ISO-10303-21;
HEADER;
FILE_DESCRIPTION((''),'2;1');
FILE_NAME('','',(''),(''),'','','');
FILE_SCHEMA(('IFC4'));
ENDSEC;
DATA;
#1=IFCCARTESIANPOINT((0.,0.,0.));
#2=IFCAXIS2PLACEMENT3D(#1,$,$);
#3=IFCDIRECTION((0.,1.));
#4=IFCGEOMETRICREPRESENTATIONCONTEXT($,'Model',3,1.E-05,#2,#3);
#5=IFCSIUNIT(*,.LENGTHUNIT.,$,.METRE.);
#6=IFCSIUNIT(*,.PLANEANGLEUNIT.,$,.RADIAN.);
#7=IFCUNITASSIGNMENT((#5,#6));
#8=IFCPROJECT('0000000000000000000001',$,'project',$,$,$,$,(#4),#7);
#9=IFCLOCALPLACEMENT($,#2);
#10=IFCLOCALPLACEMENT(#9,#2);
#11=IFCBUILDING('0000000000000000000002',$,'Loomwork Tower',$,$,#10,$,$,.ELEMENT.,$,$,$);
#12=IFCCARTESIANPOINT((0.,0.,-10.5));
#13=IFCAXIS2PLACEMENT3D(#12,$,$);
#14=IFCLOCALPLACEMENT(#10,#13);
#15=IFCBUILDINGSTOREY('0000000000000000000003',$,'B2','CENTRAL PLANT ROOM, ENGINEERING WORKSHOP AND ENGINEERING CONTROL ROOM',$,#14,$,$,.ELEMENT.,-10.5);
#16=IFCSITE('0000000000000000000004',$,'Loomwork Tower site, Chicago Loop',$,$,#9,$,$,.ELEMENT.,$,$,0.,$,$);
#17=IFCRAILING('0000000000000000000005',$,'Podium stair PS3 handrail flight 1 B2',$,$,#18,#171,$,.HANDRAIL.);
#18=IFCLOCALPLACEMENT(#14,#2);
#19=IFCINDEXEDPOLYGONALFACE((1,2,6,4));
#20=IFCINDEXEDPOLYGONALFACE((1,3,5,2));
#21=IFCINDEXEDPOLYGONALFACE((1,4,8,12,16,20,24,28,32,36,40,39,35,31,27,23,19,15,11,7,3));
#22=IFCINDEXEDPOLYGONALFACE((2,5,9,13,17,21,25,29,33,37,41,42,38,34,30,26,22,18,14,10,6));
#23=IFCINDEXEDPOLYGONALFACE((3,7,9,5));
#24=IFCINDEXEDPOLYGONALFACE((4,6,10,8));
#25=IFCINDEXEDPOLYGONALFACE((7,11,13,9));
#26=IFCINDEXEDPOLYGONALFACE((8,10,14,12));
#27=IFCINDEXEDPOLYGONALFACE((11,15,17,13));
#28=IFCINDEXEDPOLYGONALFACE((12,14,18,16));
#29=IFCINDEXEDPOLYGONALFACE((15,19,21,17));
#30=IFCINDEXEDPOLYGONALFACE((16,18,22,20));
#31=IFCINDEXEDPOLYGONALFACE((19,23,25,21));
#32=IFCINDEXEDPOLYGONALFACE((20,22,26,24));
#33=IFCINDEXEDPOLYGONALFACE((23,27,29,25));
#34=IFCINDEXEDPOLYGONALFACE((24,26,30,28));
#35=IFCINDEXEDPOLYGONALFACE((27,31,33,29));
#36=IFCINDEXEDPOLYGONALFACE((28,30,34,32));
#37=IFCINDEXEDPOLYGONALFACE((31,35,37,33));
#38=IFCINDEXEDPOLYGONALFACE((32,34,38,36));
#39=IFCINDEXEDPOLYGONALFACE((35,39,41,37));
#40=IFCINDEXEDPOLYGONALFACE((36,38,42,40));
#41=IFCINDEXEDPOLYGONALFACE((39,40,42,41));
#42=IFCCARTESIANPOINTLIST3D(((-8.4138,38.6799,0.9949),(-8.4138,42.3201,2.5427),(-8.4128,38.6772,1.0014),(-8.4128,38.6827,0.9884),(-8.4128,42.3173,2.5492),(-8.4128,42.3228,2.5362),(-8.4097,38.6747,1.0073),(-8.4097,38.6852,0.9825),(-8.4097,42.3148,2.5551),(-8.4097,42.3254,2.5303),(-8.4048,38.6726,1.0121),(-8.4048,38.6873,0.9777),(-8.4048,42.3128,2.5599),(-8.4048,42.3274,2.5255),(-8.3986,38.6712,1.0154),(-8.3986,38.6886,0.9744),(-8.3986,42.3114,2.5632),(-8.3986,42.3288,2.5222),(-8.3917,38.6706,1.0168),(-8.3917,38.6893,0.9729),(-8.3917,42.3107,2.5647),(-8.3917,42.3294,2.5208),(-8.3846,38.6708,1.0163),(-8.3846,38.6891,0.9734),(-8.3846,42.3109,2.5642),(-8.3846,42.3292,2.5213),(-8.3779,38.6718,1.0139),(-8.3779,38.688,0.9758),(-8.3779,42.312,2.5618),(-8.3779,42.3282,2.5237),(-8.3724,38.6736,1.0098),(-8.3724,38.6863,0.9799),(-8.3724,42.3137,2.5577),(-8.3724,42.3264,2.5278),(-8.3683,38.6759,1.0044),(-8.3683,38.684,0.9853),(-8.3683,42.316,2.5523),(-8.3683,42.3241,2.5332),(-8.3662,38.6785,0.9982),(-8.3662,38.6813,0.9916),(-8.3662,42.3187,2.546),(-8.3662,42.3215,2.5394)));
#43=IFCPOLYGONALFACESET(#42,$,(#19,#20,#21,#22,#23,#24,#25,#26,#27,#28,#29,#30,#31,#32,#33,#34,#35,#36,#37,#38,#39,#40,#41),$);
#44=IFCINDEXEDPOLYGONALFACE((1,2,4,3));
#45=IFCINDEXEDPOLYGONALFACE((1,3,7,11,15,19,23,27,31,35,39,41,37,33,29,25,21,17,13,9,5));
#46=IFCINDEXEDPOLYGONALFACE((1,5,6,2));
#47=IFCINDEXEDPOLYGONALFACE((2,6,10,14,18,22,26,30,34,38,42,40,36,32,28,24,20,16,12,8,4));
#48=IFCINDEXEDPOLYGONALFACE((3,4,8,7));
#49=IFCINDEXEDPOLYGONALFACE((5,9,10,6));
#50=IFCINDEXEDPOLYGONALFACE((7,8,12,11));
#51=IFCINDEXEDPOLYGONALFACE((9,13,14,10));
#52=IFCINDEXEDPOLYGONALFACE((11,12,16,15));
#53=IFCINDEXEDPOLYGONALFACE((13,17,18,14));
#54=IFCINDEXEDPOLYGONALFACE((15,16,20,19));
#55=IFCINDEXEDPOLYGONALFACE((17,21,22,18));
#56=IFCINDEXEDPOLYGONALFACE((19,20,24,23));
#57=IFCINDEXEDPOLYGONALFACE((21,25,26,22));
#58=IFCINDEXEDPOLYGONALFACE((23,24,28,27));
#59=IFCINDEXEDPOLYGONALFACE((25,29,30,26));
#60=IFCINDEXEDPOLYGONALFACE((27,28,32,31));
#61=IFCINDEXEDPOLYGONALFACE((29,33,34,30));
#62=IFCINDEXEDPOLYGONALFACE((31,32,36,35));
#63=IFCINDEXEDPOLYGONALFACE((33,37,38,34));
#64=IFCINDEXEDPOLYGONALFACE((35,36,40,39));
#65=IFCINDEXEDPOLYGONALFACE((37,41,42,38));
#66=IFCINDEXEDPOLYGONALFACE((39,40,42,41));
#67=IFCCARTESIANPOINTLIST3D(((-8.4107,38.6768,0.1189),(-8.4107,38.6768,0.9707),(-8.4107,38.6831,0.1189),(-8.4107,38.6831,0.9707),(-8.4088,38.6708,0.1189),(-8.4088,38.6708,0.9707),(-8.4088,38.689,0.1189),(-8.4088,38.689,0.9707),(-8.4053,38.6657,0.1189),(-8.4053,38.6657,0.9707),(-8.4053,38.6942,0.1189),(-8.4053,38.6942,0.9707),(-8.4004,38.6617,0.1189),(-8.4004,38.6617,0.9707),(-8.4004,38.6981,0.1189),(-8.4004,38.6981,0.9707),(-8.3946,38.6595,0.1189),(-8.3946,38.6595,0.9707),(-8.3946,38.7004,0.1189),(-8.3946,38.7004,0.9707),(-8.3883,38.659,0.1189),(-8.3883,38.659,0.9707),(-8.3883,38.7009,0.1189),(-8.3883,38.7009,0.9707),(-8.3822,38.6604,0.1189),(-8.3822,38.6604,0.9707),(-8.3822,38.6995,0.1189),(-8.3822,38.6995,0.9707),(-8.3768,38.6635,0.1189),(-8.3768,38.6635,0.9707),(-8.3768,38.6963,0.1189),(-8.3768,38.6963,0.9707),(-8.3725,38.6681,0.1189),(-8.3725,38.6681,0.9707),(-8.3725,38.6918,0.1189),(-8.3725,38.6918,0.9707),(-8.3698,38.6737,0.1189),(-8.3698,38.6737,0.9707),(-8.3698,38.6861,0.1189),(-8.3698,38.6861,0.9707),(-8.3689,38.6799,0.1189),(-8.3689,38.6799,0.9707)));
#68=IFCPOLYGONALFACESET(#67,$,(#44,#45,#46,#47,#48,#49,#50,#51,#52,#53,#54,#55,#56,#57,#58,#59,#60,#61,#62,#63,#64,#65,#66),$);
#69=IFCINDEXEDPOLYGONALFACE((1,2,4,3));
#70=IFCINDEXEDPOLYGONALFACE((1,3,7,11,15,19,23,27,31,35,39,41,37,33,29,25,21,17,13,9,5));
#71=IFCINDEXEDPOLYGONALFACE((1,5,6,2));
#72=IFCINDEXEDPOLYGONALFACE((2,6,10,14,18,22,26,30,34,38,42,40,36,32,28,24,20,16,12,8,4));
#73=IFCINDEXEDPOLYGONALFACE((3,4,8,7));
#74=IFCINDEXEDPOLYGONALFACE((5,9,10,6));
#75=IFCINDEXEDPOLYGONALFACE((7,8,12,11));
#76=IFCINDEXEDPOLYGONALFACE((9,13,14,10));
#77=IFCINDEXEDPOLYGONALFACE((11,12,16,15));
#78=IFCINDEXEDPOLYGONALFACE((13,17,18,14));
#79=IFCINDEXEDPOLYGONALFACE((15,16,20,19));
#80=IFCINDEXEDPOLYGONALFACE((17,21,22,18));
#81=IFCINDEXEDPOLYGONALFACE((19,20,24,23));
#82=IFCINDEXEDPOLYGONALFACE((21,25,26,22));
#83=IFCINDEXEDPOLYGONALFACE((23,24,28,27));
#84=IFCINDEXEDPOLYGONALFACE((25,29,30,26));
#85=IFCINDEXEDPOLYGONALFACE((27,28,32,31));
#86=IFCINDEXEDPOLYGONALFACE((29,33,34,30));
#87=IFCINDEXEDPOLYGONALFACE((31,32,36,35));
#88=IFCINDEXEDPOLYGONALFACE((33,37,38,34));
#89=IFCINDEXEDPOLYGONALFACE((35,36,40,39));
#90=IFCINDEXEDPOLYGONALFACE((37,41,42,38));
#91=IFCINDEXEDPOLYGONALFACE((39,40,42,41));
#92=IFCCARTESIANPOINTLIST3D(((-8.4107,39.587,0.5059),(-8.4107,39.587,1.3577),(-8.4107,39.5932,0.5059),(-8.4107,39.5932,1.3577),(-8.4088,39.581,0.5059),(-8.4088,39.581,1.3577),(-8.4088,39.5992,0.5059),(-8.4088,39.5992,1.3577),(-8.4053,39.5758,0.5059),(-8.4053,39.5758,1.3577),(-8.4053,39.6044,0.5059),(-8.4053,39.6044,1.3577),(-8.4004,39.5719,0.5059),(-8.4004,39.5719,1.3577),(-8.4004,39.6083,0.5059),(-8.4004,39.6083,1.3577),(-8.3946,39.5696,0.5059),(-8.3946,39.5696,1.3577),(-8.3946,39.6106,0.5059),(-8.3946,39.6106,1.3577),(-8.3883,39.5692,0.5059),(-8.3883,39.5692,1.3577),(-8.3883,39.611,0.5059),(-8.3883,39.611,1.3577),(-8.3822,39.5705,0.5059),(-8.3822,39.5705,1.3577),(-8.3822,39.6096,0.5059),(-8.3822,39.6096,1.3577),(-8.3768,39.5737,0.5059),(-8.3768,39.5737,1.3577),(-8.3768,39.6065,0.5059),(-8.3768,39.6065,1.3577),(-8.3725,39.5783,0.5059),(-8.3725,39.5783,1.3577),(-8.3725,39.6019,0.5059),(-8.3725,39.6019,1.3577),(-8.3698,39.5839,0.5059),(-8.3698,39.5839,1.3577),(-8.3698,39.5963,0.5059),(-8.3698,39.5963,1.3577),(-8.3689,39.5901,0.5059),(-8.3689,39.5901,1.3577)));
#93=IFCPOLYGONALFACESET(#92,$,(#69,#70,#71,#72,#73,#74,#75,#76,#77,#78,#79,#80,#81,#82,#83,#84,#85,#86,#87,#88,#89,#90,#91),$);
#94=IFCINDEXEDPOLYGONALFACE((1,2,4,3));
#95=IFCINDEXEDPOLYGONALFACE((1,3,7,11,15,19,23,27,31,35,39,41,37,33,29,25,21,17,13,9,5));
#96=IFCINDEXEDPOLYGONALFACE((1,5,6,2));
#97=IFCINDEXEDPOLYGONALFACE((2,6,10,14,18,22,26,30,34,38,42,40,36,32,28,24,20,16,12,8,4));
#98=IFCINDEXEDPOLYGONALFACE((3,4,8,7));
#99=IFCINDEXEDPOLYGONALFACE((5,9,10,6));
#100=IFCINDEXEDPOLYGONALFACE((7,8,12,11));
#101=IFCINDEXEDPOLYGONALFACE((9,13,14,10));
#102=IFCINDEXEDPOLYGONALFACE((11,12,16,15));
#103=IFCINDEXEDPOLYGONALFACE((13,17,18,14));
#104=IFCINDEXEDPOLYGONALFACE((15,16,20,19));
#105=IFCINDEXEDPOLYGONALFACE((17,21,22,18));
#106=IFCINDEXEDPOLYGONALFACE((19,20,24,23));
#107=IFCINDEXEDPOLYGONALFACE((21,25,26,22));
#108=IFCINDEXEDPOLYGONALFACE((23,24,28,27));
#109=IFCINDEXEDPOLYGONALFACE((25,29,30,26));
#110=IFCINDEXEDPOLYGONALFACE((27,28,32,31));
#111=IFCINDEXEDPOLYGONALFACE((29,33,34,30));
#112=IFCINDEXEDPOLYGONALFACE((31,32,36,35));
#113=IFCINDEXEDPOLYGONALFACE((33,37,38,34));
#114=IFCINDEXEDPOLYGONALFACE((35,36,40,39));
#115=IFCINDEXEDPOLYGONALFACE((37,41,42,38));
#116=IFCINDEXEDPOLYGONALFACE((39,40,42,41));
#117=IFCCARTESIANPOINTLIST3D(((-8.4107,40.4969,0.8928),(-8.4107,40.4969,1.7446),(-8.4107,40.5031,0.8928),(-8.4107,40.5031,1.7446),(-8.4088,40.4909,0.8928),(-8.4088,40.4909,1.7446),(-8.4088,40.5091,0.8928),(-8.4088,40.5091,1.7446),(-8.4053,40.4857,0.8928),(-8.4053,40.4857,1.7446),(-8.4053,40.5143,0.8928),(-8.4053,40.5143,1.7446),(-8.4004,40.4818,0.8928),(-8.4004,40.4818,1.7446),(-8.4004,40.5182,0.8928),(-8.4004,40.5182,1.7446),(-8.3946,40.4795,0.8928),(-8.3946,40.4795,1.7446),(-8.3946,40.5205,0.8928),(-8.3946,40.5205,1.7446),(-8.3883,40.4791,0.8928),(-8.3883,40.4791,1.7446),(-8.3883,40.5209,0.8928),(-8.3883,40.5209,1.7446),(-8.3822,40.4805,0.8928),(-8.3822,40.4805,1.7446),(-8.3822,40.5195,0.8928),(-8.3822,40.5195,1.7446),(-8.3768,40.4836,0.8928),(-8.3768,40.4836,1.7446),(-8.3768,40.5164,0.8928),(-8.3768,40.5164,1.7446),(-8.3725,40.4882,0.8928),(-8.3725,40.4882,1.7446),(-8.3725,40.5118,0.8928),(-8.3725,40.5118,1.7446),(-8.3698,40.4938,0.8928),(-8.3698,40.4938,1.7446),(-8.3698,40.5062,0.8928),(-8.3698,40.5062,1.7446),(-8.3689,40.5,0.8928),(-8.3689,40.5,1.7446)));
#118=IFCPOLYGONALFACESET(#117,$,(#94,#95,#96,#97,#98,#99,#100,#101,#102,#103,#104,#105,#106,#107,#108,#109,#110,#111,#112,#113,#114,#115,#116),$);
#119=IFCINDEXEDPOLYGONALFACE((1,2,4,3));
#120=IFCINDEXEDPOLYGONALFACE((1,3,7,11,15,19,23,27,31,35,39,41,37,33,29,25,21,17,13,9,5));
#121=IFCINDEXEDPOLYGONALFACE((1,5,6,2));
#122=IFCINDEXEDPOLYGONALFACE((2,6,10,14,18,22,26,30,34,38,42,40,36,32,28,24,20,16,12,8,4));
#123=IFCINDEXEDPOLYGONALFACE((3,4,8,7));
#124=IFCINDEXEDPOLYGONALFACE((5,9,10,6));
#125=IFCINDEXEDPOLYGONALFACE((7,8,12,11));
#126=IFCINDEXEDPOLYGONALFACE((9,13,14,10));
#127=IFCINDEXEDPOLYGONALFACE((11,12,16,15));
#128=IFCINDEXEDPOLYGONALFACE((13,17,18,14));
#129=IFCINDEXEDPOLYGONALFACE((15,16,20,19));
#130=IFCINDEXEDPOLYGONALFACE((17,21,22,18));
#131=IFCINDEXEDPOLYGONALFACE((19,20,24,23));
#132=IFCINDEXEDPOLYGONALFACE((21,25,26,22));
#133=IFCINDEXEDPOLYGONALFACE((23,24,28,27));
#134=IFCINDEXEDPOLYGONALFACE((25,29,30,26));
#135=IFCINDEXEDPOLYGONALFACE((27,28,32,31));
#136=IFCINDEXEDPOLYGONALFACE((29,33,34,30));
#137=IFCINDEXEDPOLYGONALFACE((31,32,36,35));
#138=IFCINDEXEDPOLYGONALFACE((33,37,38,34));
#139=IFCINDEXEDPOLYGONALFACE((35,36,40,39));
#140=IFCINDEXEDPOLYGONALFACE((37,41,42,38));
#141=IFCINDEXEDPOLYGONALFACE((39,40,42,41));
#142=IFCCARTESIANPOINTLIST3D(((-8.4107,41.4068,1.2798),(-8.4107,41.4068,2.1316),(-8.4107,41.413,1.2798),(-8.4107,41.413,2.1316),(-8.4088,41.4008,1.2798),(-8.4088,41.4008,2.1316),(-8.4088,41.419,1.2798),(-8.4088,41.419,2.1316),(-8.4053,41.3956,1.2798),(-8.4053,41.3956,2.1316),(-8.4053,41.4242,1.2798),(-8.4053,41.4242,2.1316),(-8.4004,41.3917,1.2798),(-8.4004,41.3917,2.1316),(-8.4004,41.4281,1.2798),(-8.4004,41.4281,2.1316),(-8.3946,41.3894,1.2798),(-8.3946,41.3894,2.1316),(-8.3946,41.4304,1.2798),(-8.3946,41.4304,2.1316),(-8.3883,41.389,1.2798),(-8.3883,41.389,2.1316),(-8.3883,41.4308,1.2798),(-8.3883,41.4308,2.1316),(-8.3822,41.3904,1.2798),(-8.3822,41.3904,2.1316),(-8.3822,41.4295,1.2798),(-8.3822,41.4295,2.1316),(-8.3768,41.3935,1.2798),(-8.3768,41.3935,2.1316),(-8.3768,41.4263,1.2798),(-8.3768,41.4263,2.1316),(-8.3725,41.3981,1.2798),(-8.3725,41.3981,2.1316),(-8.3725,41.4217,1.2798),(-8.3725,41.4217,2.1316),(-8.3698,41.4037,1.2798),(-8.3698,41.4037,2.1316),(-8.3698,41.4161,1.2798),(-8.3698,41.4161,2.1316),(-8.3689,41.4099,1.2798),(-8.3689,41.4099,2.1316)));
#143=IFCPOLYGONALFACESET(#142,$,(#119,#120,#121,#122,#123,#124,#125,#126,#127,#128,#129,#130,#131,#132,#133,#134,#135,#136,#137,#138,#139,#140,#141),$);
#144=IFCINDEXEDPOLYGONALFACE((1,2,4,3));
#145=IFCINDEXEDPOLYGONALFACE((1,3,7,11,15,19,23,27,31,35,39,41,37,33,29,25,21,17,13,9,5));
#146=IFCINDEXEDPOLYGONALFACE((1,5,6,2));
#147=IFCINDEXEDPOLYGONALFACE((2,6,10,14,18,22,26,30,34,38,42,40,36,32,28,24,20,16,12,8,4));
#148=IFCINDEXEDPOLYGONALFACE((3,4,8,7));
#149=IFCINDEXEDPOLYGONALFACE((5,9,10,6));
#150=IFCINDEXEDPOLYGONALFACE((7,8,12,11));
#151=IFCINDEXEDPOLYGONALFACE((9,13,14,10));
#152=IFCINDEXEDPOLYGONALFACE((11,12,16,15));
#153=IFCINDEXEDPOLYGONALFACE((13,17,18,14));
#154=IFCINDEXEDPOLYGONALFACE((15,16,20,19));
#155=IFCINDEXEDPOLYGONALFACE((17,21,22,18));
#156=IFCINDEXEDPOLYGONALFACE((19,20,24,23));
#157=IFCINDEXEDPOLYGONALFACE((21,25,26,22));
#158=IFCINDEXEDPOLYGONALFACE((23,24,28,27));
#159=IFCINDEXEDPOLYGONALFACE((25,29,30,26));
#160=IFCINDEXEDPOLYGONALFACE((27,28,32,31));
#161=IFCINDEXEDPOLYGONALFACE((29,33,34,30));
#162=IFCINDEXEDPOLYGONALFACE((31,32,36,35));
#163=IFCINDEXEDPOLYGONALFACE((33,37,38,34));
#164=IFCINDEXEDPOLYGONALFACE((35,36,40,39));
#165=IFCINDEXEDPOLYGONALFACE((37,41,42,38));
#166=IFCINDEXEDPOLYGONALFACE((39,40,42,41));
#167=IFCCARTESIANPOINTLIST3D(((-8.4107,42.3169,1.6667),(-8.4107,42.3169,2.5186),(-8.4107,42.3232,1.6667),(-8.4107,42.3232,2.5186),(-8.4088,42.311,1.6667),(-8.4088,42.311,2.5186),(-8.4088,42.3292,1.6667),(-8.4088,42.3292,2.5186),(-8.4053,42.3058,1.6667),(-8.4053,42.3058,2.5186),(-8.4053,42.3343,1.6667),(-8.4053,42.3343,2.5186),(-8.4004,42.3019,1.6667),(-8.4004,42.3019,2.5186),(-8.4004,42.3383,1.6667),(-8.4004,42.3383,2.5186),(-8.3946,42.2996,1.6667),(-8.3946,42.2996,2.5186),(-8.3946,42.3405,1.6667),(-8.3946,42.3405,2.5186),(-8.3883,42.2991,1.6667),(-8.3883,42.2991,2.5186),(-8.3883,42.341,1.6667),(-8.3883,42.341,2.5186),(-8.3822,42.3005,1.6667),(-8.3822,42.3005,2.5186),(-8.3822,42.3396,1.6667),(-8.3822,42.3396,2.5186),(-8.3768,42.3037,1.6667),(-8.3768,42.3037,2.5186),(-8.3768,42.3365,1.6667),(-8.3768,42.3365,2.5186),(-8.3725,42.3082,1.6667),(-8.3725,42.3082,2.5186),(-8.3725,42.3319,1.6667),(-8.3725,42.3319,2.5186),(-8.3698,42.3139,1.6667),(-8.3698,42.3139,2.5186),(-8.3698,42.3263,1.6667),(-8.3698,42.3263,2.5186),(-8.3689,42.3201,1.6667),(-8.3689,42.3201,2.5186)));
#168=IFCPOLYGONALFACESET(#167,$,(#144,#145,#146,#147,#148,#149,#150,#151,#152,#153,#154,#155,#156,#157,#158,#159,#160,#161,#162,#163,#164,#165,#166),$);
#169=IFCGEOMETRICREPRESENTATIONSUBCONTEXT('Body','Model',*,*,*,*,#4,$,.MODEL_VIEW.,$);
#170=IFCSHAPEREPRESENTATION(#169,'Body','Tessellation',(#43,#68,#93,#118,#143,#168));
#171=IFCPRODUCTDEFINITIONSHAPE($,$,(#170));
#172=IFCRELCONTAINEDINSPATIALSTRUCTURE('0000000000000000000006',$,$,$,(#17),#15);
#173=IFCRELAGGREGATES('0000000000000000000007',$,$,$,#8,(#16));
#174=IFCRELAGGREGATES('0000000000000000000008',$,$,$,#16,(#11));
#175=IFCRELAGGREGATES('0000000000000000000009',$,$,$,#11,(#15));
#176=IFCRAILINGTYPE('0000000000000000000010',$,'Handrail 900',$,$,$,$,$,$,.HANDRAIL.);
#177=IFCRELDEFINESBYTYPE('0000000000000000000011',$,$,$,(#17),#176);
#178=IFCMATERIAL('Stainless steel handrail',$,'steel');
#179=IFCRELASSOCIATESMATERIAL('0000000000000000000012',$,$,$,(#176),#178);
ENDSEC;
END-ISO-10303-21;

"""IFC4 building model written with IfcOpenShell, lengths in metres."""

from ifc_helpers import new_model, si_unit, direction, frame, origin, origin_2d, place, context, subcontext, project, spatial, circle, extrude, material, type_object, element, save


model = new_model("IFC4")

# Units and contexts
model_context = context("Model", 3, precision=1e-05, world=origin(), true_north=direction((0.0, 1.0)))
body_context = subcontext(model_context, "Body", "Model", "MODEL_VIEW")
ifc_project = project(units=[si_unit("LENGTHUNIT", "METRE"), si_unit("PLANEANGLEUNIT", "RADIAN")], contexts=[model_context])

# Site, building, storey
site_placement = place(None, origin())
site = spatial("IfcSite", under=ifc_project, at=site_placement, Name="Loomwork Tower site, Chicago Loop", CompositionType="ELEMENT", RefElevation=0.0)
building_placement = place(site_placement, origin())
building = spatial("IfcBuilding", under=site, at=building_placement, Name="Loomwork Tower", CompositionType="ELEMENT")
storey_placement = place(building_placement, frame((0.0, 0.0, -10.5)))
storey = spatial("IfcBuildingStorey", under=building, at=storey_placement, Name="B2", Description="CENTRAL PLANT ROOM, ENGINEERING WORKSHOP AND ENGINEERING CONTROL ROOM", CompositionType="ELEMENT", Elevation=-10.5)

# Railing
ifc_material_1 = material(Name="Stainless steel handrail", Category="steel")
railing_type = type_object("IfcRailingType", Name="Handrail 900", PredefinedType="HANDRAIL", material=ifc_material_1)
railing_1_placement = place(storey_placement, frame((-8.3899, 38.6799, 0.1189)))
element("IfcRailing", 1, at=railing_1_placement, inside=storey, type_object=railing_type, Name="Podium stair PS3 handrail flight 1 B2", PredefinedType="HANDRAIL", context=body_context, shape_type="SweptSolid", body=[
    extrude(circle(Radius=0.0239, at=origin_2d()), frame((0.0, 0.0, 0.876), z_axis=(0.0, 0.920259, 0.391311), x_axis=(-1.0, 0.0, 0.0)), (0.0, 0.0, 1.0), 3.9556),
    extrude(circle(Radius=0.021, at=origin_2d()), origin(), (0.0, 0.0, 1.0), 0.8518),
    extrude(circle(Radius=0.021, at=origin_2d()), frame((0.0, 0.9102, 0.387)), (0.0, 0.0, 1.0), 0.8518),
    extrude(circle(Radius=0.021, at=origin_2d()), frame((0.0, 1.8201, 0.7739)), (0.0, 0.0, 1.0), 0.8518),
    extrude(circle(Radius=0.021, at=origin_2d()), frame((0.0, 2.73, 1.1609)), (0.0, 0.0, 1.0), 0.8518),
    extrude(circle(Radius=0.021, at=origin_2d()), frame((0.0, 3.6401, 1.5479)), (0.0, 0.0, 1.0), 0.8518),
])

save(model, "model.ifc")
